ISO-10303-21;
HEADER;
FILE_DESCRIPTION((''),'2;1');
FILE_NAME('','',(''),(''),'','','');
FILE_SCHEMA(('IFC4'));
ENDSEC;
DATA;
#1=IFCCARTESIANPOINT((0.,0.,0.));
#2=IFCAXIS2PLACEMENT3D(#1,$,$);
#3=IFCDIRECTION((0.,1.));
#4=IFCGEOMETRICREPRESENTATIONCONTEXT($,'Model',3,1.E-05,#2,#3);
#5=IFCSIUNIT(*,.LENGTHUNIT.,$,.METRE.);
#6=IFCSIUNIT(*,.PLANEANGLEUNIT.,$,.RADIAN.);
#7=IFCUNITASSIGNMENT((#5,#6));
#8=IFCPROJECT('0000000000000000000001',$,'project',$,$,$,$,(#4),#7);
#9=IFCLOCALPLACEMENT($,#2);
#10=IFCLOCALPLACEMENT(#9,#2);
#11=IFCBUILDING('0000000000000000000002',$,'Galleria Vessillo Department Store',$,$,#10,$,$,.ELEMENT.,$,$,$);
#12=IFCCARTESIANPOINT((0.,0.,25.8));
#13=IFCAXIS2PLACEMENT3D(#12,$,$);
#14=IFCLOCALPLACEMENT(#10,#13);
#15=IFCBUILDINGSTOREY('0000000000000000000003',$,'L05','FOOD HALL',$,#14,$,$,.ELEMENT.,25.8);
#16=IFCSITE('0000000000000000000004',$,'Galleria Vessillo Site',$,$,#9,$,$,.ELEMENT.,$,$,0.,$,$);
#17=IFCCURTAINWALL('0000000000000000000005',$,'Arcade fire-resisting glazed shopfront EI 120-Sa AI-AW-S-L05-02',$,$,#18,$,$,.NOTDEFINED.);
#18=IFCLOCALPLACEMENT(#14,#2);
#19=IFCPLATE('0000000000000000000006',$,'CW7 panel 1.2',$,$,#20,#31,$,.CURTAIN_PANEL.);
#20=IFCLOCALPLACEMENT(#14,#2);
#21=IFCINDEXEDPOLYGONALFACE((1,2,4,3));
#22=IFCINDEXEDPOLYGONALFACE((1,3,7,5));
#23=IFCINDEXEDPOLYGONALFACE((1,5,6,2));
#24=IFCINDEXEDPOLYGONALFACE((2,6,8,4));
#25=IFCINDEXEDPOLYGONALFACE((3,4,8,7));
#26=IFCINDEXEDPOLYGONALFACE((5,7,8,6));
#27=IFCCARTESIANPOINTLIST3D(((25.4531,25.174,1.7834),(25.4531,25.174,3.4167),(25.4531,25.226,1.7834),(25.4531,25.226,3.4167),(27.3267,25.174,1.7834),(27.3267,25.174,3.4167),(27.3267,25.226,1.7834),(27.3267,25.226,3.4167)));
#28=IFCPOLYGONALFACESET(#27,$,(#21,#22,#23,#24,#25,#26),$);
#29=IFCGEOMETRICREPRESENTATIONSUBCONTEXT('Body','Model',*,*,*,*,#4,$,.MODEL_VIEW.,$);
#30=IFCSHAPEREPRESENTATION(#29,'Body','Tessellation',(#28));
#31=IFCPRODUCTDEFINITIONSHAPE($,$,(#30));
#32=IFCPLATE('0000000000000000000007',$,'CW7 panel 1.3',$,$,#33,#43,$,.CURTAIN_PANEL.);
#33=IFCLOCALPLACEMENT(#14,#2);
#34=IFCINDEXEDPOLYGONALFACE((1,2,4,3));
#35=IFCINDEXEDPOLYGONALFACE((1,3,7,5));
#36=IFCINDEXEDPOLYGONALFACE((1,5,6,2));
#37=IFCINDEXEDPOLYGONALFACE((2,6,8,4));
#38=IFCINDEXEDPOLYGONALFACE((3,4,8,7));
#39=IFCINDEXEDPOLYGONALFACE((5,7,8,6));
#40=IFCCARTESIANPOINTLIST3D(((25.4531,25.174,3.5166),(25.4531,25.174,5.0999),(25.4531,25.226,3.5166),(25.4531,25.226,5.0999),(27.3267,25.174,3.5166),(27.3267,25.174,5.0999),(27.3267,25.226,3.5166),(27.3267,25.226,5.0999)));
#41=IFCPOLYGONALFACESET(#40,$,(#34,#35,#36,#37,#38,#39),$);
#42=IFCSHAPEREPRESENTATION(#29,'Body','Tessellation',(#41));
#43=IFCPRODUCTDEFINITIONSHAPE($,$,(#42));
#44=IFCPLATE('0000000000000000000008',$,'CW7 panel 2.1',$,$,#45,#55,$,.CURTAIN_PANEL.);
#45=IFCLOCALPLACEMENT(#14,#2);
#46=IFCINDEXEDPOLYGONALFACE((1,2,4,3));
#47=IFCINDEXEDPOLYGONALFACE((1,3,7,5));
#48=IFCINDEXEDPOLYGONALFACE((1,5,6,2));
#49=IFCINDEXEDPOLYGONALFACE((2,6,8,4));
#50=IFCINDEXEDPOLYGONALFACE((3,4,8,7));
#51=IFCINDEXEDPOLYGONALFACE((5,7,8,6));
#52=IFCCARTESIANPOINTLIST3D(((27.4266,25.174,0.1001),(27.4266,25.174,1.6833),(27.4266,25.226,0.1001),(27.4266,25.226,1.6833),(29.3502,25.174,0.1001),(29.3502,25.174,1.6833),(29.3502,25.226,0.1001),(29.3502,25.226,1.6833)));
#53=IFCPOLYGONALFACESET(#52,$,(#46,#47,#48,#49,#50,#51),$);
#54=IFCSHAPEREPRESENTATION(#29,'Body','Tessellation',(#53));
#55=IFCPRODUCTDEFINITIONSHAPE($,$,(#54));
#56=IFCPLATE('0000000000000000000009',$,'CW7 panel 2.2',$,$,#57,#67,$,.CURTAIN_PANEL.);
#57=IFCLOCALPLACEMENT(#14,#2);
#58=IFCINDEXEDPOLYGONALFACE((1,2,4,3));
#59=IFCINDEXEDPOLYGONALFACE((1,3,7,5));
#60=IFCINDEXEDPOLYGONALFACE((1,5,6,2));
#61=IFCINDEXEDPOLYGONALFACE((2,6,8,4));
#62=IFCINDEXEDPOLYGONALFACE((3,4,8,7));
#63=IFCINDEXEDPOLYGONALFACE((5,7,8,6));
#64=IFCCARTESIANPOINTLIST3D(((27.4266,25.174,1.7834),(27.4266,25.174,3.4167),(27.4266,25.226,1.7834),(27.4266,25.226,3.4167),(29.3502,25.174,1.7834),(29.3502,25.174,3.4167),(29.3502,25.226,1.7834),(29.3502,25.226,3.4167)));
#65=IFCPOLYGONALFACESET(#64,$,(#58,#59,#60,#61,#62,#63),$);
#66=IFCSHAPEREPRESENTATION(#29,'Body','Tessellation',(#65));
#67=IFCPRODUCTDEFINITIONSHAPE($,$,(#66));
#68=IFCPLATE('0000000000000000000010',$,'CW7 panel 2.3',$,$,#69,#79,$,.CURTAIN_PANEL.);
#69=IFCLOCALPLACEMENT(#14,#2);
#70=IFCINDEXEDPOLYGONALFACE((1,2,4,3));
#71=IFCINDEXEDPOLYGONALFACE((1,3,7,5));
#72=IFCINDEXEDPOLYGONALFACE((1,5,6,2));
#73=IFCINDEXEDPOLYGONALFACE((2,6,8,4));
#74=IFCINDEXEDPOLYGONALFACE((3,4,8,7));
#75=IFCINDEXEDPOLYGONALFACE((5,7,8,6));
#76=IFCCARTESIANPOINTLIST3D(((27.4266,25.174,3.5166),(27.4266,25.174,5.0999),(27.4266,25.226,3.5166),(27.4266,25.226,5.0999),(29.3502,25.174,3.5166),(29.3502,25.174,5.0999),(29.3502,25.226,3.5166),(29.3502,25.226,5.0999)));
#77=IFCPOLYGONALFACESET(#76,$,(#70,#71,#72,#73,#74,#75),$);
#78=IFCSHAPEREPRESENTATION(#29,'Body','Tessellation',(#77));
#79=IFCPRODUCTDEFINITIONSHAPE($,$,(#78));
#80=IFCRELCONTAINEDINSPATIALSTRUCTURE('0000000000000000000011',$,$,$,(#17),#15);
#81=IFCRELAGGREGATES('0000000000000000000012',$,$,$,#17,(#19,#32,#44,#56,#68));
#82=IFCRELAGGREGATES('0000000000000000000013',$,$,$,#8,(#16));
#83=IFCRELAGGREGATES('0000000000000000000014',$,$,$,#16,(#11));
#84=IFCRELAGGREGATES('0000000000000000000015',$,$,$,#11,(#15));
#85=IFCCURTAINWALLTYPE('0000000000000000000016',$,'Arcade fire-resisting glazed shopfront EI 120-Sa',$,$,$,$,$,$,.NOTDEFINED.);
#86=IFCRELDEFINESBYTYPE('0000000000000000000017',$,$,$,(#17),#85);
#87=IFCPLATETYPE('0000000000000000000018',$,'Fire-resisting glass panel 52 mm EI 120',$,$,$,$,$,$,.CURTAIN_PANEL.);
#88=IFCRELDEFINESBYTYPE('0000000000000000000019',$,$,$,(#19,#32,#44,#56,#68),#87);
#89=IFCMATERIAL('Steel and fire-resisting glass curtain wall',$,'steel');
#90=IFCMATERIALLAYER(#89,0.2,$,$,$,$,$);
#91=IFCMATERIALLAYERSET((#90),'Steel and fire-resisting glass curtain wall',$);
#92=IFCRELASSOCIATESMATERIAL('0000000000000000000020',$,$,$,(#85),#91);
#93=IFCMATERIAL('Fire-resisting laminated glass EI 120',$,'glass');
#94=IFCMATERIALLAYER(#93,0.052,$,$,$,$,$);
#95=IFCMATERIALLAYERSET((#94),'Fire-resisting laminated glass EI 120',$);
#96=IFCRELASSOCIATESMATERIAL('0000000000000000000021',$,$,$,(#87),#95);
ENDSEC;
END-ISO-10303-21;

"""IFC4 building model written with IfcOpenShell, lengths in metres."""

from ifc_helpers import new_model, si_unit, direction, frame, origin, origin_2d, place, context, subcontext, project, spatial, rectangle, extrude, material, layer, layer_set, type_object, element, aggregate, save


model = new_model("IFC4")

# Units and contexts
model_context = context("Model", 3, precision=1e-05, world=origin(), true_north=direction((0.0, 1.0)))
body_context = subcontext(model_context, "Body", "Model", "MODEL_VIEW")
ifc_project = project(units=[si_unit("LENGTHUNIT", "METRE"), si_unit("PLANEANGLEUNIT", "RADIAN")], contexts=[model_context])

# Site, building, storey
site_placement = place(None, origin())
site = spatial("IfcSite", under=ifc_project, at=site_placement, Name="Galleria Vessillo Site", CompositionType="ELEMENT", RefElevation=0.0)
building_placement = place(site_placement, origin())
building = spatial("IfcBuilding", under=site, at=building_placement, Name="Galleria Vessillo Department Store", CompositionType="ELEMENT")
storey_placement = place(building_placement, frame((0.0, 0.0, 25.8)))
storey = spatial("IfcBuildingStorey", under=building, at=storey_placement, Name="L05", Description="FOOD HALL", CompositionType="ELEMENT", Elevation=25.8)

# Curtain wall
ifc_material_1 = material(Name="Steel and fire-resisting glass curtain wall", Category="steel")
ifc_layer_1 = layer(ifc_material_1, 0.2)
ifc_layer_set_1 = layer_set([ifc_layer_1], Name="Steel and fire-resisting glass curtain wall")
curtain_wall_type = type_object("IfcCurtainWallType", Name="Arcade fire-resisting glazed shopfront EI 120-Sa", PredefinedType="NOTDEFINED", material=ifc_layer_set_1)
curtain_wall_1_placement = place(storey_placement, origin())
curtain_wall_1 = element("IfcCurtainWall", 1, at=curtain_wall_1_placement, inside=storey, type_object=curtain_wall_type, Name="Arcade fire-resisting glazed shopfront EI 120-Sa AI-AW-S-L05-02", PredefinedType="NOTDEFINED")

# Plates
ifc_material_2 = material(Name="Fire-resisting laminated glass EI 120", Category="glass")
ifc_layer_2 = layer(ifc_material_2, 0.052)
ifc_layer_set_2 = layer_set([ifc_layer_2], Name="Fire-resisting laminated glass EI 120")
plate_type = type_object("IfcPlateType", Name="Fire-resisting glass panel 52 mm EI 120", PredefinedType="CURTAIN_PANEL", material=ifc_layer_set_2)
plate_1_placement = place(storey_placement, frame((26.3899, 25.2, 1.7834), z_axis=(0.0, 0.0, 1.0), x_axis=(1.0, 0.0, 0.0)))
plate_1 = element("IfcPlate", 2, at=plate_1_placement, type_object=plate_type, Name="CW7 panel 1.2", PredefinedType="CURTAIN_PANEL", context=body_context, shape_type="SweptSolid", body=[
    extrude(rectangle(XDim=1.8735, YDim=0.052, at=origin_2d()), origin(), (0.0, 0.0, 1.0), 1.6333),
])
plate_2_placement = place(storey_placement, frame((26.3899, 25.2, 3.5166), z_axis=(0.0, 0.0, 1.0), x_axis=(1.0, 0.0, 0.0)))
plate_2 = element("IfcPlate", 3, at=plate_2_placement, type_object=plate_type, Name="CW7 panel 1.3", PredefinedType="CURTAIN_PANEL", context=body_context, shape_type="SweptSolid", body=[
    extrude(rectangle(XDim=1.8735, YDim=0.052, at=origin_2d()), origin(), (0.0, 0.0, 1.0), 1.5833),
])
plate_3_placement = place(storey_placement, frame((28.3884, 25.2, 0.1001), z_axis=(0.0, 0.0, 1.0), x_axis=(1.0, 0.0, 0.0)))
plate_3 = element("IfcPlate", 4, at=plate_3_placement, type_object=plate_type, Name="CW7 panel 2.1", PredefinedType="CURTAIN_PANEL", context=body_context, shape_type="SweptSolid", body=[
    extrude(rectangle(XDim=1.9236, YDim=0.052, at=origin_2d()), origin(), (0.0, 0.0, 1.0), 1.5833),
])
plate_4_placement = place(storey_placement, frame((28.3884, 25.2, 1.7834), z_axis=(0.0, 0.0, 1.0), x_axis=(1.0, 0.0, 0.0)))
plate_4 = element("IfcPlate", 5, at=plate_4_placement, type_object=plate_type, Name="CW7 panel 2.2", PredefinedType="CURTAIN_PANEL", context=body_context, shape_type="SweptSolid", body=[
    extrude(rectangle(XDim=1.9236, YDim=0.052, at=origin_2d()), origin(), (0.0, 0.0, 1.0), 1.6333),
])
plate_5_placement = place(storey_placement, frame((28.3884, 25.2, 3.5166), z_axis=(0.0, 0.0, 1.0), x_axis=(1.0, 0.0, 0.0)))
plate_5 = element("IfcPlate", 6, at=plate_5_placement, type_object=plate_type, Name="CW7 panel 2.3", PredefinedType="CURTAIN_PANEL", context=body_context, shape_type="SweptSolid", body=[
    extrude(rectangle(XDim=1.9236, YDim=0.052, at=origin_2d()), origin(), (0.0, 0.0, 1.0), 1.5833),
])
aggregate(curtain_wall_1, [plate_1, plate_2, plate_3, plate_4, plate_5])

save(model, "model.ifc")
